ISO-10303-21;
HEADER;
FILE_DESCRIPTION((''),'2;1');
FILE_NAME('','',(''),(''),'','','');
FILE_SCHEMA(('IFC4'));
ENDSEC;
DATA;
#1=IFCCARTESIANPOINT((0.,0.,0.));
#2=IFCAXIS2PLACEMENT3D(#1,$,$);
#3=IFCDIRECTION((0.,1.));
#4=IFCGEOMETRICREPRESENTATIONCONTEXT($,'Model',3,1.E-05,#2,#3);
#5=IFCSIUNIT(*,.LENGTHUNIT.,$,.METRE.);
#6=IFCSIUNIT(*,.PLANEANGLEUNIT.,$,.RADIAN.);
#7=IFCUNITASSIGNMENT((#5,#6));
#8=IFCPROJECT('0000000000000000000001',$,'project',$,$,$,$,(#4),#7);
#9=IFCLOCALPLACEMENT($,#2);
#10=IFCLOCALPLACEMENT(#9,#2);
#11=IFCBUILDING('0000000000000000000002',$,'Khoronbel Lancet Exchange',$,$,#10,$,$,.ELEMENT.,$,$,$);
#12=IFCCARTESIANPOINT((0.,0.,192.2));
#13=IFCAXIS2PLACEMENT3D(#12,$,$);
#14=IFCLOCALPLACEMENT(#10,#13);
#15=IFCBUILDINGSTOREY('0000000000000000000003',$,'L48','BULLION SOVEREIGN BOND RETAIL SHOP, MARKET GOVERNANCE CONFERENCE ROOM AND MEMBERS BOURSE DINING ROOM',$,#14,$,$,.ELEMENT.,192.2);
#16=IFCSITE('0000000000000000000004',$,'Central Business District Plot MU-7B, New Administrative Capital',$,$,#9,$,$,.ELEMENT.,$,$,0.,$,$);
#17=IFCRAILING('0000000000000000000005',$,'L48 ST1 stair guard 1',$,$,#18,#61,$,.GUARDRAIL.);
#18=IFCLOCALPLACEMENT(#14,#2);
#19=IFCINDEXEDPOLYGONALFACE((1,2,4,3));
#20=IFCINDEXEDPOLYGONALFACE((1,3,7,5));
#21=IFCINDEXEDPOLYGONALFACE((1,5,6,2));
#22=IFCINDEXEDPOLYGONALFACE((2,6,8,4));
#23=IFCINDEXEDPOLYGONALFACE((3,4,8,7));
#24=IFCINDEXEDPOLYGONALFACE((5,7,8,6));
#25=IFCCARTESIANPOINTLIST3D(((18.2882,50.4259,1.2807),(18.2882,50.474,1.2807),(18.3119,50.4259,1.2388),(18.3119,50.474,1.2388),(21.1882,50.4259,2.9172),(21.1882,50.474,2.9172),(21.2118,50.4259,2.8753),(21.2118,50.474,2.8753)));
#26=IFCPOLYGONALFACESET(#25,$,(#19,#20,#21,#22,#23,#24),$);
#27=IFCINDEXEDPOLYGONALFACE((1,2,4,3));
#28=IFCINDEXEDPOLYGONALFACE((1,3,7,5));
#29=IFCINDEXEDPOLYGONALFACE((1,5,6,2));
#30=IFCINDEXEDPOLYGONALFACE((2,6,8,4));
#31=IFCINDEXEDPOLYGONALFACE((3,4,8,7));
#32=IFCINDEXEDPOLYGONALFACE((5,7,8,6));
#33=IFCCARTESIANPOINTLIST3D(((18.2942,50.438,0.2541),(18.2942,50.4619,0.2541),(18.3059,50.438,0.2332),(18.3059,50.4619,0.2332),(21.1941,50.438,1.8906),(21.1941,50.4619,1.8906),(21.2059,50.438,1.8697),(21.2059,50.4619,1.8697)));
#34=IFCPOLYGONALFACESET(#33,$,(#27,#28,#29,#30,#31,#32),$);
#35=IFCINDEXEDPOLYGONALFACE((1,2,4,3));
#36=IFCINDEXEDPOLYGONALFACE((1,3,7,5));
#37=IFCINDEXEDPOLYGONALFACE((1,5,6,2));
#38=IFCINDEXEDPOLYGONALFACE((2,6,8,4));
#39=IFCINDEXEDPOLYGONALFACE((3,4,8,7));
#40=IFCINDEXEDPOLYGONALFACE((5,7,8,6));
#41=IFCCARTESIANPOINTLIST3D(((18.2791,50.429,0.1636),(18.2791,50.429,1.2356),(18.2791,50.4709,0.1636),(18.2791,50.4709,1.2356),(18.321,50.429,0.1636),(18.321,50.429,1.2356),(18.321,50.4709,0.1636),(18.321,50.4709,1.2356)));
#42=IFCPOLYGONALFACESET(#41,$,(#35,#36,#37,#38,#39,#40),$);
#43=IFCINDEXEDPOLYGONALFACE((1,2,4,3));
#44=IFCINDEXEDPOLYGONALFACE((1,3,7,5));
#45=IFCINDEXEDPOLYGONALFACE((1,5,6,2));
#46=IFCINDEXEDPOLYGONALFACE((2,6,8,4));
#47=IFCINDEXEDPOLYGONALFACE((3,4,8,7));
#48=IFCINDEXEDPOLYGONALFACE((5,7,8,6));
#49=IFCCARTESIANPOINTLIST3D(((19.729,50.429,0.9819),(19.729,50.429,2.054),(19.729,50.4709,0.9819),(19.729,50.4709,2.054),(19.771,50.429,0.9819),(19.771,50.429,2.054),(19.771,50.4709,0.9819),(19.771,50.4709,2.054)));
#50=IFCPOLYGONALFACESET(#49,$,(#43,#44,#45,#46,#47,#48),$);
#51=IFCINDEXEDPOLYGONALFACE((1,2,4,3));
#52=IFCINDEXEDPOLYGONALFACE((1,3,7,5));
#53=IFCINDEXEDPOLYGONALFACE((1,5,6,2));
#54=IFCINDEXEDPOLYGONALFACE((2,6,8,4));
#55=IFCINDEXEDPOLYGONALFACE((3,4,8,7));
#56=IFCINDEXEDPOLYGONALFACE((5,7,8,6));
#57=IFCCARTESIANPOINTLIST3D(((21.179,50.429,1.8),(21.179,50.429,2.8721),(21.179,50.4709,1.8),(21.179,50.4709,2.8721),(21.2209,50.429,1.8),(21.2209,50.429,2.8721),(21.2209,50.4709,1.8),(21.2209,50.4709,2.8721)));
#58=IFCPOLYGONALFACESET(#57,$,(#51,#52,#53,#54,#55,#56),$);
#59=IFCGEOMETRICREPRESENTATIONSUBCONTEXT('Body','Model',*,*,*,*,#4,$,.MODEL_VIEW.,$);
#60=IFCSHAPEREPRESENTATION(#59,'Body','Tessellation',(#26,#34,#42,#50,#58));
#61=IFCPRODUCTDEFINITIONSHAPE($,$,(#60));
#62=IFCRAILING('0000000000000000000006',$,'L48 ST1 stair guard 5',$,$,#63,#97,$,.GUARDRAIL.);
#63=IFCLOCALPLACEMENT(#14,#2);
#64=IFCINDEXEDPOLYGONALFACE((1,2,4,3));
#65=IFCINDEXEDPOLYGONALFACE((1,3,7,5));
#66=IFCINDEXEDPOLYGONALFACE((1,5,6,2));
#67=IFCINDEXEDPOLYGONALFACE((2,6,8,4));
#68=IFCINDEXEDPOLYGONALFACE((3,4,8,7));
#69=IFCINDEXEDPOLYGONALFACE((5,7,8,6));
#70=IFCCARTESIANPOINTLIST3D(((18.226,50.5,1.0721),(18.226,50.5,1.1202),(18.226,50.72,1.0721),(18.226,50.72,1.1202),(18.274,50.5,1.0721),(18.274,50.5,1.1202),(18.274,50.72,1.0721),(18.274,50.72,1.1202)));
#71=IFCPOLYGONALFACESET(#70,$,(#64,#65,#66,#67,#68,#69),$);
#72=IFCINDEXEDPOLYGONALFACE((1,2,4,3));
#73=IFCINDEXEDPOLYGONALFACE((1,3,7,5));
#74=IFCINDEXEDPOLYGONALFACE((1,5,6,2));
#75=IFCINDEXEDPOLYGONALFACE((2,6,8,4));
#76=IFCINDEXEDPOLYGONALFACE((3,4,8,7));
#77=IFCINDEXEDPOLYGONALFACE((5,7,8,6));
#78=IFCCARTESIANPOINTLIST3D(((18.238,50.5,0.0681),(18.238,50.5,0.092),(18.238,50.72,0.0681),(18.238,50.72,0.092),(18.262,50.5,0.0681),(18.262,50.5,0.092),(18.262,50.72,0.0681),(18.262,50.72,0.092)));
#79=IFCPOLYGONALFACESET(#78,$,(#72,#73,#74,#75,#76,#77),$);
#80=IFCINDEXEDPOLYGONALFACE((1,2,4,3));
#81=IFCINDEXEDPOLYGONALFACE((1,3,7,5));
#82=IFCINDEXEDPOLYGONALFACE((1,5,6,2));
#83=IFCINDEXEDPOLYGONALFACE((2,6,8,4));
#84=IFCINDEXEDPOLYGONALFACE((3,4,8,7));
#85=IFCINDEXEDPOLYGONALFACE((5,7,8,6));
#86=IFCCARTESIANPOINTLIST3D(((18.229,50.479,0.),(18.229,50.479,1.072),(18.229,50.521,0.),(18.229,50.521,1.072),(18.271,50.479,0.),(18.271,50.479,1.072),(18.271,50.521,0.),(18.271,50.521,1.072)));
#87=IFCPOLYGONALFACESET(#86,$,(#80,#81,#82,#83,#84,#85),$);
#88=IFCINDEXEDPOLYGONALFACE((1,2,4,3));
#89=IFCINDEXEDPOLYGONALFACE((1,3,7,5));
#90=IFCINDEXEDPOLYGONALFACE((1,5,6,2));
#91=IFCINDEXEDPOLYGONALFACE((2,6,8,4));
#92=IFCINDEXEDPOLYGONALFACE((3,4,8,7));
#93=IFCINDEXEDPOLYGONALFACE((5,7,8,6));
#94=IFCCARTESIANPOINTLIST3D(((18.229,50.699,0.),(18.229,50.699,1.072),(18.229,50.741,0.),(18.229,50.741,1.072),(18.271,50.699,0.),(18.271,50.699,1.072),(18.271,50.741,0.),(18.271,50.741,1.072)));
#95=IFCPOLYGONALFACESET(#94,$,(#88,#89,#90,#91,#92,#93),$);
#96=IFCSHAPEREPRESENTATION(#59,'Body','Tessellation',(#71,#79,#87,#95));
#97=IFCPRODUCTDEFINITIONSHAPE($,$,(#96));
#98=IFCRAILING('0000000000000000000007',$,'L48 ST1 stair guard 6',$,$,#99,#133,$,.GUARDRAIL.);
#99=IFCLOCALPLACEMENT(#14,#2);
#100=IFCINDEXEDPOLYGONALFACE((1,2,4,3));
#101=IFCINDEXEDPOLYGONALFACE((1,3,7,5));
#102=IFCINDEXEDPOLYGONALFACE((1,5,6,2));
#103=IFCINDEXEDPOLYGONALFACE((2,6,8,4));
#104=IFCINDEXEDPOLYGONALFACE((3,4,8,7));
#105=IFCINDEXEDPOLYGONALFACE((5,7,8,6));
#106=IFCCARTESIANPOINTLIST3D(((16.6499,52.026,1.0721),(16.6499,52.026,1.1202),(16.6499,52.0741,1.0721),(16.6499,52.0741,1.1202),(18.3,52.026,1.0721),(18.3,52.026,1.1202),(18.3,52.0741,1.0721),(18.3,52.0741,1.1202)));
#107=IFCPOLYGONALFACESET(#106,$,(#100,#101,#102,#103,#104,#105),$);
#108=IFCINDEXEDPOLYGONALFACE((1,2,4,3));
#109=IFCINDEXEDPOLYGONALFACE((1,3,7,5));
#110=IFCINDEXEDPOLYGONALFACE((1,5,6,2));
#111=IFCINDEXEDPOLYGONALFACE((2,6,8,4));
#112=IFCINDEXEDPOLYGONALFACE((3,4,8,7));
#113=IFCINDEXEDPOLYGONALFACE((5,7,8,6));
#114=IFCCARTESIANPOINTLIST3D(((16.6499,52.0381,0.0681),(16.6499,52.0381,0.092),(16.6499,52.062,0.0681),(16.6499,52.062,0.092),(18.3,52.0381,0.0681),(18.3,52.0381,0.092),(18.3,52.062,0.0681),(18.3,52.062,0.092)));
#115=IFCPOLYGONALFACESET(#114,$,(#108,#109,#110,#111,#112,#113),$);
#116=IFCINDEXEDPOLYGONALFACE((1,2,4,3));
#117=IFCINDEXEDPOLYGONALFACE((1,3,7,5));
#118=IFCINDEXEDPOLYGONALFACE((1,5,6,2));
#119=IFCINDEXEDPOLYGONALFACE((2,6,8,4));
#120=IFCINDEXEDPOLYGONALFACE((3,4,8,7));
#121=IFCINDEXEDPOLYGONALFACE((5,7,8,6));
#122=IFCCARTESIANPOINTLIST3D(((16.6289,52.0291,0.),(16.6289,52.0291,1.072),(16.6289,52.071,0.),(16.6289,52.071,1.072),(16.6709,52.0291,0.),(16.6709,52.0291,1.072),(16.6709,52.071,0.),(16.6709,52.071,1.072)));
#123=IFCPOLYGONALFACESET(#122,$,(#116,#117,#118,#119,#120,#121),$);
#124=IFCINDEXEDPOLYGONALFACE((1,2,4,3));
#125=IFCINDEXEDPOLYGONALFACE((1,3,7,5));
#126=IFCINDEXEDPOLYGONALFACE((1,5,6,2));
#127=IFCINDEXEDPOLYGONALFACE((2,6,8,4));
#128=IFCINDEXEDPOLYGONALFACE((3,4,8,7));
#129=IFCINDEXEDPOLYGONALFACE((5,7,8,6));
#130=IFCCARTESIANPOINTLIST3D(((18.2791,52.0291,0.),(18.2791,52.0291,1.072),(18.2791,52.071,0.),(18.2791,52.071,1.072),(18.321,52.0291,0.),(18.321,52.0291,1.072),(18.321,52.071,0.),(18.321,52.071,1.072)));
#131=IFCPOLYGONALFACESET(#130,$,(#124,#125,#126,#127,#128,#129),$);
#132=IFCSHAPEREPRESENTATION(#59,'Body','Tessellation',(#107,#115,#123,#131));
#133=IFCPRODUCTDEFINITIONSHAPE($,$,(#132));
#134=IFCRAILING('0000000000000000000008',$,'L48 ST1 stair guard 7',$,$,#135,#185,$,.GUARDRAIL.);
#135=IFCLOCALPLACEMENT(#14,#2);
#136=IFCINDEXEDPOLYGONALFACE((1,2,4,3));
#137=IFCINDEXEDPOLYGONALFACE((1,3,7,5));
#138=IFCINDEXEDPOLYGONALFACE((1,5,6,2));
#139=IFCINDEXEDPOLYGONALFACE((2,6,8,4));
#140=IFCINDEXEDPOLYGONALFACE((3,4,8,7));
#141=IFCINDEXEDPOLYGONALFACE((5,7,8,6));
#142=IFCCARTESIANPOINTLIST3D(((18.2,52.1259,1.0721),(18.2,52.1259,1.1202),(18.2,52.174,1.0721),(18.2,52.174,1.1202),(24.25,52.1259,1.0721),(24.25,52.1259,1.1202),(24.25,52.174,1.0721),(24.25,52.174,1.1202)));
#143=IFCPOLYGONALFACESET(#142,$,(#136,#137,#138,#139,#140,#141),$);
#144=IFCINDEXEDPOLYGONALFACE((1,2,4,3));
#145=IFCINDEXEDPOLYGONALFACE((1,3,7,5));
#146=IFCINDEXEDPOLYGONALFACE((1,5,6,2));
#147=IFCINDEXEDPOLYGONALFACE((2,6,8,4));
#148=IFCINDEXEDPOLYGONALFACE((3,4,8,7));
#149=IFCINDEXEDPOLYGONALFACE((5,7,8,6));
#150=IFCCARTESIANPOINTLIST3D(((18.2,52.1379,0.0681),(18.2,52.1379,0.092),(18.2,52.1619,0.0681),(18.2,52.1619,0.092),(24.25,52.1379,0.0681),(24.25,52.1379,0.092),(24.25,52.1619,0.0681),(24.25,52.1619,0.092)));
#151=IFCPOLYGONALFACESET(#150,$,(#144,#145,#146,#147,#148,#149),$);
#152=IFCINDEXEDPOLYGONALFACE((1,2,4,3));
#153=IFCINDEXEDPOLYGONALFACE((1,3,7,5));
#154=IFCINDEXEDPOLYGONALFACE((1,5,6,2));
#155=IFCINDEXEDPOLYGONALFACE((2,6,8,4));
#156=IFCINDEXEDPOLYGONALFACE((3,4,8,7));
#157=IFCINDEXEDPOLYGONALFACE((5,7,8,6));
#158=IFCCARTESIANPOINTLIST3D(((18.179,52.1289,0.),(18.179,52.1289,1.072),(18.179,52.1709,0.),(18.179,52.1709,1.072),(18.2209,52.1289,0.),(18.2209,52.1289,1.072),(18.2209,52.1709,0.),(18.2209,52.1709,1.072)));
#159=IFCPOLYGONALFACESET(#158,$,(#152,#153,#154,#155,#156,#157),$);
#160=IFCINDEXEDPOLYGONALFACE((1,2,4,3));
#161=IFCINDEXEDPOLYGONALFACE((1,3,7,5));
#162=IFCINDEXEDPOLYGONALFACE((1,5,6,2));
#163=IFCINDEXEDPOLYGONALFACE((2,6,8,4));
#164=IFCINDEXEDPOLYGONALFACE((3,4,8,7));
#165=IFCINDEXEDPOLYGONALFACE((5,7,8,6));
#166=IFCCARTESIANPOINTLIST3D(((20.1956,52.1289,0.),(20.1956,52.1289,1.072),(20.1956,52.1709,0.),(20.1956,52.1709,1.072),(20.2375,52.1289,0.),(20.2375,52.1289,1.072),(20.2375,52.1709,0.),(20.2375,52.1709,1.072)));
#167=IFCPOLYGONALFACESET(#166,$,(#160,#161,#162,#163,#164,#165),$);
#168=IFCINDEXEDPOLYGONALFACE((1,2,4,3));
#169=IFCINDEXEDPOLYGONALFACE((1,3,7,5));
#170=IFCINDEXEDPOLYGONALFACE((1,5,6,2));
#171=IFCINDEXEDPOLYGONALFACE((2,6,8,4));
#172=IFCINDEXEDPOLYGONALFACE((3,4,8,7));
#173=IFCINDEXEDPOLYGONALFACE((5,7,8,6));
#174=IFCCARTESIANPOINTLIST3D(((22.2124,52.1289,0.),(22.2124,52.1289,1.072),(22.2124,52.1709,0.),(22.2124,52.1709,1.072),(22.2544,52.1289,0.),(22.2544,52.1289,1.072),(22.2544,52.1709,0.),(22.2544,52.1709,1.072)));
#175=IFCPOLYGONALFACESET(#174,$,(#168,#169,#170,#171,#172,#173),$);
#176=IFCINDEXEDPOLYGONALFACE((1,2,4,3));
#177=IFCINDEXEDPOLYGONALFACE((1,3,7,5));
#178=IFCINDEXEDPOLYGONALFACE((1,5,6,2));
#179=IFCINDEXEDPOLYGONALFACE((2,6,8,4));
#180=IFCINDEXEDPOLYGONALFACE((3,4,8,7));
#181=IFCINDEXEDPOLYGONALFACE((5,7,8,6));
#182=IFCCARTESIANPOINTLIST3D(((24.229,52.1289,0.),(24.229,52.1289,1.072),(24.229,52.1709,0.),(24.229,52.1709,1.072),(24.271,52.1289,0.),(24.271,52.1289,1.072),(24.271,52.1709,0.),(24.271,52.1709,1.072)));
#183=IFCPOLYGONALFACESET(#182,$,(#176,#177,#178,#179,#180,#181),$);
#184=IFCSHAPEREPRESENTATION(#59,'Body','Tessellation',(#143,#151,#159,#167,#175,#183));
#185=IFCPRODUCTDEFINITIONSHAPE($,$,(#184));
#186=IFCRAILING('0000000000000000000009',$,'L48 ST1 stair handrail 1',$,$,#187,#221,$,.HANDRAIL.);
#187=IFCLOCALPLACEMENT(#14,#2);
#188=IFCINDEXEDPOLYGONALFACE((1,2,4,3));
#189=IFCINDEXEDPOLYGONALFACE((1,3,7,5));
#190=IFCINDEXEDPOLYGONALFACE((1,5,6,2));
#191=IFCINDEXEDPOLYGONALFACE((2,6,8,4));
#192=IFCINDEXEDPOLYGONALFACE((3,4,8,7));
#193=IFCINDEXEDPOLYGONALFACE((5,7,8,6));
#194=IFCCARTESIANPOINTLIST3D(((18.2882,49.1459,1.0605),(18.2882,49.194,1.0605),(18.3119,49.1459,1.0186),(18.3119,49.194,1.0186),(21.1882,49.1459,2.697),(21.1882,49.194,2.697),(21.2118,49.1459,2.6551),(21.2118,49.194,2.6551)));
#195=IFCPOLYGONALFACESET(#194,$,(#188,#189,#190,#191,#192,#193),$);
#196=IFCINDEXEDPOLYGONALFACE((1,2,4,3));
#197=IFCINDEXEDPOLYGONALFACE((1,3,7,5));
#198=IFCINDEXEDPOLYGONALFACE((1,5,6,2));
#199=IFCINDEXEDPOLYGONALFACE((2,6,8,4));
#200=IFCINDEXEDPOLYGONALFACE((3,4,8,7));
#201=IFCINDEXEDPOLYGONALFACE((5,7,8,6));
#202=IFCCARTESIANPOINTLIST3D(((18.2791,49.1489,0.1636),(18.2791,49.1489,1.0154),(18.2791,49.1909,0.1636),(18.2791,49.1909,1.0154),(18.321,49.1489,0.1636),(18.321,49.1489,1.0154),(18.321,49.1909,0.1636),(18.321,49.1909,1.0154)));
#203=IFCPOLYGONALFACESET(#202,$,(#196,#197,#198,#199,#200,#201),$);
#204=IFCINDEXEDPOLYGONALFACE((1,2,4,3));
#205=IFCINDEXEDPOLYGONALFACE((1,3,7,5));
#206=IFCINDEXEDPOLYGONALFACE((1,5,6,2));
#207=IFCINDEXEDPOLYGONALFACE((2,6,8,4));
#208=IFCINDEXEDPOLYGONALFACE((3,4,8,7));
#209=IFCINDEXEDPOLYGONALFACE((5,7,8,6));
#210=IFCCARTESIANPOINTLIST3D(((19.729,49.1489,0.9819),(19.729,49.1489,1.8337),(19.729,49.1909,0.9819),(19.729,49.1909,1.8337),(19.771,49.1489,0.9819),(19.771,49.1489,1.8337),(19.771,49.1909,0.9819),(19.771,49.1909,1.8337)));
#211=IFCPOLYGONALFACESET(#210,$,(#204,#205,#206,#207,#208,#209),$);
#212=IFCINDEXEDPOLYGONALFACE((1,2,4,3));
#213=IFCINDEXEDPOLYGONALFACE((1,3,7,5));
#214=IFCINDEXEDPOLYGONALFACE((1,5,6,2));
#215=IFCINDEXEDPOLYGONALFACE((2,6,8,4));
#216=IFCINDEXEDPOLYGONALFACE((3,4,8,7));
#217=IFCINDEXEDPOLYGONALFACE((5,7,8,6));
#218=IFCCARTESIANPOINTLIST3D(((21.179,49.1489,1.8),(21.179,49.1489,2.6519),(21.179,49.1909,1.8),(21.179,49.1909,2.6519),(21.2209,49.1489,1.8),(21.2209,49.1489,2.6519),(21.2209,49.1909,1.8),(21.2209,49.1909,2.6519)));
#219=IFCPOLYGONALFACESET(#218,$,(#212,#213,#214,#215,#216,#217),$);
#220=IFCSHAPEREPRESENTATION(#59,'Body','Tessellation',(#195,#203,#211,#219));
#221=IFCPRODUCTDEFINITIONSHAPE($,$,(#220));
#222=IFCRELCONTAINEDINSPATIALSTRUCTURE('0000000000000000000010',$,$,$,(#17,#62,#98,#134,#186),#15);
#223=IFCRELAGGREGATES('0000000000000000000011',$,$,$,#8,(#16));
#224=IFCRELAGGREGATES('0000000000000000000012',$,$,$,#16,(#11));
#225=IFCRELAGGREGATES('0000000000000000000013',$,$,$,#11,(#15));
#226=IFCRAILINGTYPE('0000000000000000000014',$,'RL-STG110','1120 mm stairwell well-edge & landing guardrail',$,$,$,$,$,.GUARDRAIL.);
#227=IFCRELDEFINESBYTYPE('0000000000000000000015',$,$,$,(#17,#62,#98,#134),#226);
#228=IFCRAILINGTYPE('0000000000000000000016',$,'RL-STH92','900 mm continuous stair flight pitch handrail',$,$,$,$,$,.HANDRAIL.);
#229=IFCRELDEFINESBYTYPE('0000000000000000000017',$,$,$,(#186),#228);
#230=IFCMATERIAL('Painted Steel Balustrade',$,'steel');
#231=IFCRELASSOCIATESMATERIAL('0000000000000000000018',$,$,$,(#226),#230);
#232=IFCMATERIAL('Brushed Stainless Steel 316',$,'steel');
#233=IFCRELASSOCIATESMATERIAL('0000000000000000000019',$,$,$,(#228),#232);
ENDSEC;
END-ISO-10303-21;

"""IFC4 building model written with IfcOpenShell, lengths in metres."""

from ifc_helpers import new_model, si_unit, direction, frame, origin, origin_2d, place, context, subcontext, project, spatial, rectangle, extrude, material, type_object, element, save


model = new_model("IFC4")

# Units and contexts
model_context = context("Model", 3, precision=1e-05, world=origin(), true_north=direction((0.0, 1.0)))
body_context = subcontext(model_context, "Body", "Model", "MODEL_VIEW")
ifc_project = project(units=[si_unit("LENGTHUNIT", "METRE"), si_unit("PLANEANGLEUNIT", "RADIAN")], contexts=[model_context])

# Site, building, storey
site_placement = place(None, origin())
site = spatial("IfcSite", under=ifc_project, at=site_placement, Name="Central Business District Plot MU-7B, New Administrative Capital", CompositionType="ELEMENT", RefElevation=0.0)
building_placement = place(site_placement, origin())
building = spatial("IfcBuilding", under=site, at=building_placement, Name="Khoronbel Lancet Exchange", CompositionType="ELEMENT")
storey_placement = place(building_placement, frame((0.0, 0.0, 192.2)))
storey = spatial("IfcBuildingStorey", under=building, at=storey_placement, Name="L48", Description="BULLION SOVEREIGN BOND RETAIL SHOP, MARKET GOVERNANCE CONFERENCE ROOM AND MEMBERS BOURSE DINING ROOM", CompositionType="ELEMENT", Elevation=192.2)

# Railings
ifc_material_1 = material(Name="Painted Steel Balustrade", Category="steel")
railing_type_1 = type_object("IfcRailingType", Name="RL-STG110", Description="1120 mm stairwell well-edge & landing guardrail", PredefinedType="GUARDRAIL", material=ifc_material_1)
railing_1_placement = place(storey_placement, frame((18.3, 50.45, 0.1636)))
element("IfcRailing", 1, at=railing_1_placement, inside=storey, type_object=railing_type_1, Name="L48 ST1 stair guard 1", PredefinedType="GUARDRAIL", context=body_context, shape_type="SweptSolid", body=[
    extrude(rectangle(XDim=0.0481, YDim=0.0481, at=origin_2d()), frame((0.0, 0.0, 1.0962), z_axis=(0.870897, 0.0, 0.491465), x_axis=(0.0, 1.0, 0.0)), (0.0, 0.0, 1.0), 3.3298),
    extrude(rectangle(XDim=0.0239, YDim=0.0239, at=origin_2d()), frame((0.0, 0.0, 0.0801), z_axis=(0.870897, 0.0, 0.491465), x_axis=(0.0, 1.0, 0.0)), (0.0, 0.0, 1.0), 3.3298),
    extrude(rectangle(XDim=0.042, YDim=0.042, at=origin_2d()), origin(), (0.0, 0.0, 1.0), 1.072),
    extrude(rectangle(XDim=0.042, YDim=0.042, at=origin_2d()), frame((1.45, 0.0, 0.8184)), (0.0, 0.0, 1.0), 1.072),
    extrude(rectangle(XDim=0.042, YDim=0.042, at=origin_2d()), frame((2.8999, 0.0, 1.6365)), (0.0, 0.0, 1.0), 1.072),
])
railing_2_placement = place(storey_placement, frame((18.25, 50.5, 0.0)))
element("IfcRailing", 2, at=railing_2_placement, inside=storey, type_object=railing_type_1, Name="L48 ST1 stair guard 5", PredefinedType="GUARDRAIL", context=body_context, shape_type="SweptSolid", body=[
    extrude(rectangle(XDim=0.0481, YDim=0.0481, at=origin_2d()), frame((0.0, 0.0, 1.0962), z_axis=(0.0, 1.0, 0.0), x_axis=(-1.0, 0.0, 0.0)), (0.0, 0.0, 1.0), 0.22),
    extrude(rectangle(XDim=0.0239, YDim=0.0239, at=origin_2d()), frame((0.0, 0.0, 0.0801), z_axis=(0.0, 1.0, 0.0), x_axis=(-1.0, 0.0, 0.0)), (0.0, 0.0, 1.0), 0.22),
    extrude(rectangle(XDim=0.042, YDim=0.042, at=origin_2d()), origin(), (0.0, 0.0, 1.0), 1.072),
    extrude(rectangle(XDim=0.042, YDim=0.042, at=origin_2d()), frame((0.0, 0.22, 0.0)), (0.0, 0.0, 1.0), 1.072),
])
railing_3_placement = place(storey_placement, frame((16.6499, 52.05, 0.0)))
element("IfcRailing", 3, at=railing_3_placement, inside=storey, type_object=railing_type_1, Name="L48 ST1 stair guard 6", PredefinedType="GUARDRAIL", context=body_context, shape_type="SweptSolid", body=[
    extrude(rectangle(XDim=0.0481, YDim=0.0481, at=origin_2d()), frame((0.0, 0.0, 1.0962), z_axis=(1.0, 0.0, 0.0), x_axis=(0.0, 1.0, 0.0)), (0.0, 0.0, 1.0), 1.6501),
    extrude(rectangle(XDim=0.0239, YDim=0.0239, at=origin_2d()), frame((0.0, 0.0, 0.0801), z_axis=(1.0, 0.0, 0.0), x_axis=(0.0, 1.0, 0.0)), (0.0, 0.0, 1.0), 1.6501),
    extrude(rectangle(XDim=0.042, YDim=0.042, at=origin_2d()), origin(), (0.0, 0.0, 1.0), 1.072),
    extrude(rectangle(XDim=0.042, YDim=0.042, at=origin_2d()), frame((1.6501, 0.0, 0.0)), (0.0, 0.0, 1.0), 1.072),
])
railing_4_placement = place(storey_placement, frame((18.2, 52.1499, 0.0)))
element("IfcRailing", 4, at=railing_4_placement, inside=storey, type_object=railing_type_1, Name="L48 ST1 stair guard 7", PredefinedType="GUARDRAIL", context=body_context, shape_type="SweptSolid", body=[
    extrude(rectangle(XDim=0.0481, YDim=0.0481, at=origin_2d()), frame((0.0, 0.0, 1.0962), z_axis=(1.0, 0.0, 0.0), x_axis=(0.0, 1.0, 0.0)), (0.0, 0.0, 1.0), 6.05),
    extrude(rectangle(XDim=0.0239, YDim=0.0239, at=origin_2d()), frame((0.0, 0.0, 0.0801), z_axis=(1.0, 0.0, 0.0), x_axis=(0.0, 1.0, 0.0)), (0.0, 0.0, 1.0), 6.05),
    extrude(rectangle(XDim=0.042, YDim=0.042, at=origin_2d()), origin(), (0.0, 0.0, 1.0), 1.072),
    extrude(rectangle(XDim=0.042, YDim=0.042, at=origin_2d()), frame((2.0166, 0.0, 0.0)), (0.0, 0.0, 1.0), 1.072),
    extrude(rectangle(XDim=0.042, YDim=0.042, at=origin_2d()), frame((4.0334, 0.0, 0.0)), (0.0, 0.0, 1.0), 1.072),
    extrude(rectangle(XDim=0.042, YDim=0.042, at=origin_2d()), frame((6.05, 0.0, 0.0)), (0.0, 0.0, 1.0), 1.072),
])
ifc_material_2 = material(Name="Brushed Stainless Steel 316", Category="steel")
railing_type_2 = type_object("IfcRailingType", Name="RL-STH92", Description="900 mm continuous stair flight pitch handrail", PredefinedType="HANDRAIL", material=ifc_material_2)
railing_5_placement = place(storey_placement, frame((18.3, 49.1699, 0.1636)))
element("IfcRailing", 5, at=railing_5_placement, inside=storey, type_object=railing_type_2, Name="L48 ST1 stair handrail 1", PredefinedType="HANDRAIL", context=body_context, shape_type="SweptSolid", body=[
    extrude(rectangle(XDim=0.0481, YDim=0.0481, at=origin_2d()), frame((0.0, 0.0, 0.876), z_axis=(0.870897, 0.0, 0.491465), x_axis=(0.0, 1.0, 0.0)), (0.0, 0.0, 1.0), 3.3298),
    extrude(rectangle(XDim=0.042, YDim=0.042, at=origin_2d()), origin(), (0.0, 0.0, 1.0), 0.8518),
    extrude(rectangle(XDim=0.042, YDim=0.042, at=origin_2d()), frame((1.45, 0.0, 0.8184)), (0.0, 0.0, 1.0), 0.8518),
    extrude(rectangle(XDim=0.042, YDim=0.042, at=origin_2d()), frame((2.8999, 0.0, 1.6365)), (0.0, 0.0, 1.0), 0.8518),
])

save(model, "model.ifc")
